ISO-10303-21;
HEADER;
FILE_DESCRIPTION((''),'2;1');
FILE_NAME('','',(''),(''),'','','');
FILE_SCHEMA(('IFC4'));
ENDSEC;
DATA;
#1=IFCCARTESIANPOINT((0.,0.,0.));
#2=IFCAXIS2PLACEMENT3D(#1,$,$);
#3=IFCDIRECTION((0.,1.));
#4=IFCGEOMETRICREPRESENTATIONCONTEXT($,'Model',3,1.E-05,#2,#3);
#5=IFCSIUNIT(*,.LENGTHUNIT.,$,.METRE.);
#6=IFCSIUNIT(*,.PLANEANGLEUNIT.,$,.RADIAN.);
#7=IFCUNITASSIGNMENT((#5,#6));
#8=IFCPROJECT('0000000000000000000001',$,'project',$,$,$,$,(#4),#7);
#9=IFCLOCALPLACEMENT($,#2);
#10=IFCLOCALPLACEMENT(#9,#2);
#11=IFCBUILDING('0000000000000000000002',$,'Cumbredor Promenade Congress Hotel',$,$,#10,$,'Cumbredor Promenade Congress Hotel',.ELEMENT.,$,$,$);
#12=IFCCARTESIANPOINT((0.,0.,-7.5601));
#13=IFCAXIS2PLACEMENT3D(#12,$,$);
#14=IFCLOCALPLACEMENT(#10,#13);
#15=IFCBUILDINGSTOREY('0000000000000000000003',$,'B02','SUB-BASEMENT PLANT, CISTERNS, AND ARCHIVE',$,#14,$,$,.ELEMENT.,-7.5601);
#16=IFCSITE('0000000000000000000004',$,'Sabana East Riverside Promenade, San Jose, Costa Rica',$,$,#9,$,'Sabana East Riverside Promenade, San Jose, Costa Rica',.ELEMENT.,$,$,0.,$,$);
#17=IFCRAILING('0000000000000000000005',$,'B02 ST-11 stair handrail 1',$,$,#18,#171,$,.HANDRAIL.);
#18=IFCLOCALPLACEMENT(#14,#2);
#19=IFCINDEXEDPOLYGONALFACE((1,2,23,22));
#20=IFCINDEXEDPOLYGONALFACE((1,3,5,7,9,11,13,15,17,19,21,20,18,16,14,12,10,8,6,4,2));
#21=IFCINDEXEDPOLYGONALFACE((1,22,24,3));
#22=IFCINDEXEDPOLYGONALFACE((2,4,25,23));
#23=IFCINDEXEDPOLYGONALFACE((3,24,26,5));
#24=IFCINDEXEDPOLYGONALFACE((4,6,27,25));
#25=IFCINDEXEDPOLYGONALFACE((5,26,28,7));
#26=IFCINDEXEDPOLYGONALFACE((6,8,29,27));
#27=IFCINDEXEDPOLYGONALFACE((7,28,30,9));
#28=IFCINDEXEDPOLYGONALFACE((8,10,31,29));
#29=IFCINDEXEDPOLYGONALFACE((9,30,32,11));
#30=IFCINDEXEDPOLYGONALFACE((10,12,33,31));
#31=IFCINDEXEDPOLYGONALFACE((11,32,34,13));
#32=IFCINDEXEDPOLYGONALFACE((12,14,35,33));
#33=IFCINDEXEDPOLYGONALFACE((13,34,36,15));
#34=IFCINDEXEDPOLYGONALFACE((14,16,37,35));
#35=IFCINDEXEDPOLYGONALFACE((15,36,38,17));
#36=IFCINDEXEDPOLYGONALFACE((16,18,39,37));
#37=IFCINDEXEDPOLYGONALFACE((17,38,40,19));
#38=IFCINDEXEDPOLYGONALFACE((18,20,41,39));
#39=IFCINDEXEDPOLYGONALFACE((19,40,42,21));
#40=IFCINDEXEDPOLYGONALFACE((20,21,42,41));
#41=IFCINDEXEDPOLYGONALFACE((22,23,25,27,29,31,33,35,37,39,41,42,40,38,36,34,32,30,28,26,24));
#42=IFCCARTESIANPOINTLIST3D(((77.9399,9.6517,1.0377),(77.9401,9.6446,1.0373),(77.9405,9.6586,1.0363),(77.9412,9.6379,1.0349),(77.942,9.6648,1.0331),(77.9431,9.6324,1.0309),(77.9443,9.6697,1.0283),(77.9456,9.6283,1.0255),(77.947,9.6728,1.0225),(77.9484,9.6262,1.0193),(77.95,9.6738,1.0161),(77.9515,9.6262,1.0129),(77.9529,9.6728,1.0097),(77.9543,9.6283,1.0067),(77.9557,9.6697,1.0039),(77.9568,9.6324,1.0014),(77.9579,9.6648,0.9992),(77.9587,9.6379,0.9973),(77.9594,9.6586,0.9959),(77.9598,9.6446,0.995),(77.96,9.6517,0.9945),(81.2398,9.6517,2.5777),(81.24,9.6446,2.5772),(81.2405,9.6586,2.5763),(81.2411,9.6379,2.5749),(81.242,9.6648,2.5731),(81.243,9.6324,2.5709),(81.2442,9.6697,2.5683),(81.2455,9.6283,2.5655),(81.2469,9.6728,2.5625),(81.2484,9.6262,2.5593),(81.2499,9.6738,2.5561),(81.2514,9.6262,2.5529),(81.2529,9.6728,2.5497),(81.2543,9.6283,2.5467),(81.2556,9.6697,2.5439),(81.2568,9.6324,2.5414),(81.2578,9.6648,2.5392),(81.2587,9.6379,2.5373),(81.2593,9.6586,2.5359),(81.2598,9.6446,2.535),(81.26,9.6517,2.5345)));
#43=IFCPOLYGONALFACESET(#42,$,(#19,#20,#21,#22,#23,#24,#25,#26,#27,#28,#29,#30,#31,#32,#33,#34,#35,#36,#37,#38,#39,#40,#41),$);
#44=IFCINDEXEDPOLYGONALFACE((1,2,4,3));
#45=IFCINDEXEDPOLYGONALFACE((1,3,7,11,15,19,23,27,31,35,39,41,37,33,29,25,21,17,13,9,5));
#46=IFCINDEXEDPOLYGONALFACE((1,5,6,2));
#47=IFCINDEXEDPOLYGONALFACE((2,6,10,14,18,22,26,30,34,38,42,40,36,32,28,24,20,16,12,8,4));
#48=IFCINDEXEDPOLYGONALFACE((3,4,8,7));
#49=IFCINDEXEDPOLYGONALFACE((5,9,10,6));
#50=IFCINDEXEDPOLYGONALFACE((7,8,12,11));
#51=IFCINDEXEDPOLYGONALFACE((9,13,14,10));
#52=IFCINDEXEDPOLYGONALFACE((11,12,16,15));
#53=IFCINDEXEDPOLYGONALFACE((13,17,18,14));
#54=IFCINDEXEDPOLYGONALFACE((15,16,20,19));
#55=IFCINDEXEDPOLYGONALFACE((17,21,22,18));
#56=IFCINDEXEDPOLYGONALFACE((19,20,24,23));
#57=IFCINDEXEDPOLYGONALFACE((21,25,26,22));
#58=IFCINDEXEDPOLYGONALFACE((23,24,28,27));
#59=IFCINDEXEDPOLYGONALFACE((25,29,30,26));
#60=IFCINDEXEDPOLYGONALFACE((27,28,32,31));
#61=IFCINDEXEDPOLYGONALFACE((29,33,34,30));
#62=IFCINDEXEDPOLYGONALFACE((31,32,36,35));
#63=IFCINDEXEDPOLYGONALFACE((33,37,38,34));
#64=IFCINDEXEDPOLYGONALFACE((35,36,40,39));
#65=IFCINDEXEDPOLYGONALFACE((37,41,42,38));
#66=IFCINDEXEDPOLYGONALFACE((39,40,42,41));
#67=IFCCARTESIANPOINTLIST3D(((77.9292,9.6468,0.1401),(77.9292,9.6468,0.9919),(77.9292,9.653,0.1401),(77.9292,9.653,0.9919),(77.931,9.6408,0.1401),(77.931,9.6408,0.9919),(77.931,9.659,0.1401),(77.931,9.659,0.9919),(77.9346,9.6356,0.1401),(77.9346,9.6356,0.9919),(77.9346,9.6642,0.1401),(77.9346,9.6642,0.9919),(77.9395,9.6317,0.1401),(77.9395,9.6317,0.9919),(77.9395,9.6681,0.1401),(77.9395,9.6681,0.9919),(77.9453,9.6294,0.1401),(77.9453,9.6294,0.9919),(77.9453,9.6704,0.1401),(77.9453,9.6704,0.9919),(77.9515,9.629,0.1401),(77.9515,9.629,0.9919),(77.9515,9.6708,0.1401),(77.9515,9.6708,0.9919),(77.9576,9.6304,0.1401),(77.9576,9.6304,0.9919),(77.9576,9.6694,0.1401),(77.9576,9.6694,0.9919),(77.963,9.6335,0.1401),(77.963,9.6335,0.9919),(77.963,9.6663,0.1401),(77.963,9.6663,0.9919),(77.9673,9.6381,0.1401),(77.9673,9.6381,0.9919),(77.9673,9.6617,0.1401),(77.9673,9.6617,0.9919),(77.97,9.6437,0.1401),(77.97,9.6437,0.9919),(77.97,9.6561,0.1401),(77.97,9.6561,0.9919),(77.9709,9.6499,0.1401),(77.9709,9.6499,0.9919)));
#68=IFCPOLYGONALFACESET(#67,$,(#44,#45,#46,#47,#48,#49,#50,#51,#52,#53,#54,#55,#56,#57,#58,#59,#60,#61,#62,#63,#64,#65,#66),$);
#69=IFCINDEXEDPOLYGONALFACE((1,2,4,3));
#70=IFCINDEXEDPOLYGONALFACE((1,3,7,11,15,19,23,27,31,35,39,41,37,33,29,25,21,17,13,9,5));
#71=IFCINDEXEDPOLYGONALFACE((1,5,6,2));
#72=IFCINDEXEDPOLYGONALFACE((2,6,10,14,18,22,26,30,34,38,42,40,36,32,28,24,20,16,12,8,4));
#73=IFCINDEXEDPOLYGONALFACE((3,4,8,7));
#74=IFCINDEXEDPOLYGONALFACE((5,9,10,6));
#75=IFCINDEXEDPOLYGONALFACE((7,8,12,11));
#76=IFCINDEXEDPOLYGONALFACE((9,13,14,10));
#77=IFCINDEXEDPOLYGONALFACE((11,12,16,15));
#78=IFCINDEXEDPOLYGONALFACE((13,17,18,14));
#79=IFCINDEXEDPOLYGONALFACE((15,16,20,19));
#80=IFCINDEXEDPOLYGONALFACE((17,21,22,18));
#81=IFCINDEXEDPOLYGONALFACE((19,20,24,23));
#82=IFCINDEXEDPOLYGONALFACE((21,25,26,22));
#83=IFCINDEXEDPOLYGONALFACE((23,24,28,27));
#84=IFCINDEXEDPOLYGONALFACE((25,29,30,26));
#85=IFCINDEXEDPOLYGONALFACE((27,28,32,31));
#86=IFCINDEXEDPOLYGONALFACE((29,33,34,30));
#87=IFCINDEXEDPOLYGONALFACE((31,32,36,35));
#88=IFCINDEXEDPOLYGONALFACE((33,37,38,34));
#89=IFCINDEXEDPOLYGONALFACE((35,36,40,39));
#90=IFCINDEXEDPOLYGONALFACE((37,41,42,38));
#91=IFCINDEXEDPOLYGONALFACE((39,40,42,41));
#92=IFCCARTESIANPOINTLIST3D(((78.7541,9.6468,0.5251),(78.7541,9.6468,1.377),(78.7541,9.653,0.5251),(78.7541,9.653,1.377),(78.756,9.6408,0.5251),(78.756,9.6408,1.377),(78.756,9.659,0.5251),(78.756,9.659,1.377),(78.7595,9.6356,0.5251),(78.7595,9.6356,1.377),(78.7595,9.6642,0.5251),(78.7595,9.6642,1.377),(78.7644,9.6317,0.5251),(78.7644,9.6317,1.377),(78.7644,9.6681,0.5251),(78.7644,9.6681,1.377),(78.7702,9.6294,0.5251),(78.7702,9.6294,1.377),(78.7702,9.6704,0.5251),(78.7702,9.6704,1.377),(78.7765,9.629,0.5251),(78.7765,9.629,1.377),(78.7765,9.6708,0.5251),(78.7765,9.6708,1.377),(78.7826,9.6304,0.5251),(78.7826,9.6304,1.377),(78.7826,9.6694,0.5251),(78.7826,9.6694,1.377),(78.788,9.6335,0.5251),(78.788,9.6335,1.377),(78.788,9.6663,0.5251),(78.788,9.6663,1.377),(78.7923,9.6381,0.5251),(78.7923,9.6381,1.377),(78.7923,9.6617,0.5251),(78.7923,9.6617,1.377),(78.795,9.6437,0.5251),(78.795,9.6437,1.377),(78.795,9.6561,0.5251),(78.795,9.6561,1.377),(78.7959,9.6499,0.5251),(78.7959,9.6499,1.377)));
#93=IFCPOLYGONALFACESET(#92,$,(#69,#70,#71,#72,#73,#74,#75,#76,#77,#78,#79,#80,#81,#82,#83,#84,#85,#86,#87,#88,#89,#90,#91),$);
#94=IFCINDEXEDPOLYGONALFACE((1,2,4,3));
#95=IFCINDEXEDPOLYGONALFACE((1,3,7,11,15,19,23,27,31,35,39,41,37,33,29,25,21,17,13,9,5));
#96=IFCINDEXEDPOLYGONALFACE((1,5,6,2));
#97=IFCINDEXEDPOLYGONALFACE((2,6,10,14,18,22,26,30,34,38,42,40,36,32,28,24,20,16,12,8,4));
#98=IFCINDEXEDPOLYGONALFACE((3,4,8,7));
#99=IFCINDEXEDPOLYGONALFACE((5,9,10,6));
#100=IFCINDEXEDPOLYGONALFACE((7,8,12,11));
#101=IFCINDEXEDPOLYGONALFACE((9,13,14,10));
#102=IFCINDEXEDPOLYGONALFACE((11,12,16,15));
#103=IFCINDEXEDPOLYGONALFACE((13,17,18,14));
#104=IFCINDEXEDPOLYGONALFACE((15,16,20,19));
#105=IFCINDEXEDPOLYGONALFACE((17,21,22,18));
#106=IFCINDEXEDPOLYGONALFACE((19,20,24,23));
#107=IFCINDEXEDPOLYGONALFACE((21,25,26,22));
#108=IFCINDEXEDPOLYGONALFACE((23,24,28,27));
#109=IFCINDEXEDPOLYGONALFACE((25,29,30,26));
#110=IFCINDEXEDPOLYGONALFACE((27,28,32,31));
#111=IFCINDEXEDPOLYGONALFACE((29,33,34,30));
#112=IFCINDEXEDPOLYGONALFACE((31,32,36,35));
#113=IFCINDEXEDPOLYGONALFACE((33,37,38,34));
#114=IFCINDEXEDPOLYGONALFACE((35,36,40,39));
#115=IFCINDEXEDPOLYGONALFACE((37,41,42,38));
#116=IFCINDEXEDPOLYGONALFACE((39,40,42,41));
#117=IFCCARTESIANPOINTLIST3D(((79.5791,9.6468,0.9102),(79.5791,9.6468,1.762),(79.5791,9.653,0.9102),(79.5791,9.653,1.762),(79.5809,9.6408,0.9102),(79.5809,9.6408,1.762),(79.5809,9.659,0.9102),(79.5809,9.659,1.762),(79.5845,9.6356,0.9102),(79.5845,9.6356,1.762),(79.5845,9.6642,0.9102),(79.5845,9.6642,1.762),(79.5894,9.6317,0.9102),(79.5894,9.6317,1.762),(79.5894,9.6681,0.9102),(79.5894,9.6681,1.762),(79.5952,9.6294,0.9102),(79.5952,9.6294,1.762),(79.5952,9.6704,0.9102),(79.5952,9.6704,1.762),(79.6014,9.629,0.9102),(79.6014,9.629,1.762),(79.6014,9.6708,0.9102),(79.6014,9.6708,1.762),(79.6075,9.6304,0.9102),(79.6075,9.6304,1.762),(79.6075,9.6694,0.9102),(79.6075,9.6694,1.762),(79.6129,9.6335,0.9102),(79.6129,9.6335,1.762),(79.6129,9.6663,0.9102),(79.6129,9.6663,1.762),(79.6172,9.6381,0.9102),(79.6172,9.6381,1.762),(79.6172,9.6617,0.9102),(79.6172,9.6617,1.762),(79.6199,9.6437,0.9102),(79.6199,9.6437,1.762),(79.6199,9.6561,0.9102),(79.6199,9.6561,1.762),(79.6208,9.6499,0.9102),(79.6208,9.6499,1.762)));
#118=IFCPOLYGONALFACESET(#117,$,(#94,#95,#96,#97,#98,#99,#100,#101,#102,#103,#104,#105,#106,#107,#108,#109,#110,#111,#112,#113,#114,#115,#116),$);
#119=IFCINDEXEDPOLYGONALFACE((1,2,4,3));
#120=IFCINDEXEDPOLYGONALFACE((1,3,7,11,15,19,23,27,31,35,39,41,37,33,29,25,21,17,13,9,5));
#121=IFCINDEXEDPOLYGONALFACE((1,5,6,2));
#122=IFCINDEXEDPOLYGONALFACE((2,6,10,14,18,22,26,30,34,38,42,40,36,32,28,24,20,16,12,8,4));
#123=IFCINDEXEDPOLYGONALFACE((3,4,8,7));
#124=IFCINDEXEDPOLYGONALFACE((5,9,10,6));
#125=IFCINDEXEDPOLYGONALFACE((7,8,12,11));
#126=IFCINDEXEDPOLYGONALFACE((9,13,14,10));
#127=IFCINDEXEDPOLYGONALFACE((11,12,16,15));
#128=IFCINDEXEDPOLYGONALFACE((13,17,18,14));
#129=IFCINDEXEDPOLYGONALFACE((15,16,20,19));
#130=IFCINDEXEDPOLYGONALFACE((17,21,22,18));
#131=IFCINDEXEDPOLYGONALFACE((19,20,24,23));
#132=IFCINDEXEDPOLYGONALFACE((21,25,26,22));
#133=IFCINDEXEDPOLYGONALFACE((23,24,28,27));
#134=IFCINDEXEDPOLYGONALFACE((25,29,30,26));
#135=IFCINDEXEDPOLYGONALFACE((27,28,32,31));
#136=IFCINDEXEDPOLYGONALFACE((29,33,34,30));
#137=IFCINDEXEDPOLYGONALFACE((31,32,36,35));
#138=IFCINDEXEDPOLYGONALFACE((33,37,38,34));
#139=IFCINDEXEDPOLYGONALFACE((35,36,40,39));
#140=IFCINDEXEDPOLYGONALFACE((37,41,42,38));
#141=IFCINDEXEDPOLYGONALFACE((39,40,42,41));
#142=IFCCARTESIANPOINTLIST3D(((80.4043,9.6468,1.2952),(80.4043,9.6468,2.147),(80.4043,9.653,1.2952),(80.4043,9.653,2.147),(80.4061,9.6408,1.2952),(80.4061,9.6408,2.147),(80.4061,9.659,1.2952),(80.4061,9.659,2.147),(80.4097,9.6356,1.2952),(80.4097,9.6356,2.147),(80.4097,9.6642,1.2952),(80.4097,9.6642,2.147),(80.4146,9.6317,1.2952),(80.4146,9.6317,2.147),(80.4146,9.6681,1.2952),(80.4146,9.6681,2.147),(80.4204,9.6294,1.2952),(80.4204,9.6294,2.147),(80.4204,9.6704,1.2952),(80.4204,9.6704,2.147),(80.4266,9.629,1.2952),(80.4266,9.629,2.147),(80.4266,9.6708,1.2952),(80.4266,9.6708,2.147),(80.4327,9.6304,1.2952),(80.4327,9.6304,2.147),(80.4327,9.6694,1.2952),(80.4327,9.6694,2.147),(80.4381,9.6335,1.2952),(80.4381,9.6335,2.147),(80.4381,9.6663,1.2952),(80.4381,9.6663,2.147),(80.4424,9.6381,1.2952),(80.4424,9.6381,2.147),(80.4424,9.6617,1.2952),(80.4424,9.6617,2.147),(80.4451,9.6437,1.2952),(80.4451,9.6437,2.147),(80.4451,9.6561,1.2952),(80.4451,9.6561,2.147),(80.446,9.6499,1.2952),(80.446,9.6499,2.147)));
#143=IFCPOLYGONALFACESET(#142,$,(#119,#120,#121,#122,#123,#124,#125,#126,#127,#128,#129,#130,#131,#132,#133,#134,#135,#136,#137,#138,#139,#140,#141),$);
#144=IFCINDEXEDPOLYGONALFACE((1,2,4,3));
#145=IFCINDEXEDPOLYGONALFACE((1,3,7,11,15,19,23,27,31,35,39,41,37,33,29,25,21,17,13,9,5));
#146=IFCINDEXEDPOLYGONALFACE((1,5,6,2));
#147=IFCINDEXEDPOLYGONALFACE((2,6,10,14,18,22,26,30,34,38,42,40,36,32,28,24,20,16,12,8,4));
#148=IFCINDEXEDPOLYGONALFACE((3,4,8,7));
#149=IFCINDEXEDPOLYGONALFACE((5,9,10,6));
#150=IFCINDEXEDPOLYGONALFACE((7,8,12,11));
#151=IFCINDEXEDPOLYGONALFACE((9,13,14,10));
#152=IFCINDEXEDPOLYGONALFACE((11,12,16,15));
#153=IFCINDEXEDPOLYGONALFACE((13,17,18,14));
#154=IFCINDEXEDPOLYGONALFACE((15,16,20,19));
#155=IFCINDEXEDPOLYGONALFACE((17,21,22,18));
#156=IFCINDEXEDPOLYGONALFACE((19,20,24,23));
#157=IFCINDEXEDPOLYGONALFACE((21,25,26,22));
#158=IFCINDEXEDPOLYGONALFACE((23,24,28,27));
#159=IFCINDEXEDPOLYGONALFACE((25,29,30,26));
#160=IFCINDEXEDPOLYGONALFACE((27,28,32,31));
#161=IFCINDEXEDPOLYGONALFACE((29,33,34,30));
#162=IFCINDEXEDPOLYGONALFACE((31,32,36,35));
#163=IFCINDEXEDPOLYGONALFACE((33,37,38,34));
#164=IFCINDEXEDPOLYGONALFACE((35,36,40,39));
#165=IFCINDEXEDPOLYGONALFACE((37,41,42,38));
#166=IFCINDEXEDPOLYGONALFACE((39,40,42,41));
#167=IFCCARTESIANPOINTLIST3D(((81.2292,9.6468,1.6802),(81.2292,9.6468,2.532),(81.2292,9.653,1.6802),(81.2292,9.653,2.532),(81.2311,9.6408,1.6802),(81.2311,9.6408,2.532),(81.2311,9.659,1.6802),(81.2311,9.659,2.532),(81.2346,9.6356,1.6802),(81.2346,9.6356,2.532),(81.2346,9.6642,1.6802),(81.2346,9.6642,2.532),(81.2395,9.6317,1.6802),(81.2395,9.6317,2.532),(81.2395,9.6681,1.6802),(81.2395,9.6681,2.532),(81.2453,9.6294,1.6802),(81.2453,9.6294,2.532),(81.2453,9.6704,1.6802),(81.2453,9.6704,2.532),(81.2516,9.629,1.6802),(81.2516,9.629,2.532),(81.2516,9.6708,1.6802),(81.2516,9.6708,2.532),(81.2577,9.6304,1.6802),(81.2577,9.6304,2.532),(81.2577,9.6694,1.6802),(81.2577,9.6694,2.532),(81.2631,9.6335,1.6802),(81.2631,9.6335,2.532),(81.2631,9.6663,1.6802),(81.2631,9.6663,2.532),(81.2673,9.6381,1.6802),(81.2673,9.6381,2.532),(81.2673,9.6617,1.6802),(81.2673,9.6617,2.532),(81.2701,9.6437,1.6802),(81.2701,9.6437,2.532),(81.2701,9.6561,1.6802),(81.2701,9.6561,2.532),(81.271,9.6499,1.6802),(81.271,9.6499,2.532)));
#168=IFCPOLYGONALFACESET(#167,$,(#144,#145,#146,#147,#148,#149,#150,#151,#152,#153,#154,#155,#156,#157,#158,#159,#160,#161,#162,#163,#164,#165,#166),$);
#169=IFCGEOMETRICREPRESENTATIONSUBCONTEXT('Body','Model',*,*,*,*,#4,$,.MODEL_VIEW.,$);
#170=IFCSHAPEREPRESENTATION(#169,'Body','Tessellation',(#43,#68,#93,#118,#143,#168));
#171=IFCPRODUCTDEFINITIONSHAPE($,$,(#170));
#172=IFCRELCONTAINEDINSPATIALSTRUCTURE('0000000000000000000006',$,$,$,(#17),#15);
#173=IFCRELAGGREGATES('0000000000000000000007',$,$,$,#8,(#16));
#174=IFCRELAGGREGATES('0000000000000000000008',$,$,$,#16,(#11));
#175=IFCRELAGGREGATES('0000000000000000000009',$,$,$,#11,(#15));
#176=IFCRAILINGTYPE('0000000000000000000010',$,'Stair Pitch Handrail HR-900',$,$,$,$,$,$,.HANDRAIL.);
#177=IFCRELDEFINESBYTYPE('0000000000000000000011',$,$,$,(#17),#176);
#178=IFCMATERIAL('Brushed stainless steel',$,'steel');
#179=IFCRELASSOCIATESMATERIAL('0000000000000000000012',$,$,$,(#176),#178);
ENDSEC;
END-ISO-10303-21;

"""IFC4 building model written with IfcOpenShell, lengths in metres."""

from ifc_helpers import new_model, si_unit, direction, frame, origin, origin_2d, place, context, subcontext, project, spatial, circle, extrude, material, type_object, element, save


model = new_model("IFC4")

# Units and contexts
model_context = context("Model", 3, precision=1e-05, world=origin(), true_north=direction((0.0, 1.0)))
body_context = subcontext(model_context, "Body", "Model", "MODEL_VIEW")
ifc_project = project(units=[si_unit("LENGTHUNIT", "METRE"), si_unit("PLANEANGLEUNIT", "RADIAN")], contexts=[model_context])

# Site, building, storey
site_placement = place(None, origin())
site = spatial("IfcSite", under=ifc_project, at=site_placement, Name="Sabana East Riverside Promenade, San Jose, Costa Rica", LongName="Sabana East Riverside Promenade, San Jose, Costa Rica", CompositionType="ELEMENT", RefElevation=0.0)
building_placement = place(site_placement, origin())
building = spatial("IfcBuilding", under=site, at=building_placement, Name="Cumbredor Promenade Congress Hotel", LongName="Cumbredor Promenade Congress Hotel", CompositionType="ELEMENT")
storey_placement = place(building_placement, frame((0.0, 0.0, -7.5601)))
storey = spatial("IfcBuildingStorey", under=building, at=storey_placement, Name="B02", Description="SUB-BASEMENT PLANT, CISTERNS, AND ARCHIVE", CompositionType="ELEMENT", Elevation=-7.5601)

# Railing
ifc_material_1 = material(Name="Brushed stainless steel", Category="steel")
railing_type_1 = type_object("IfcRailingType", Name="Stair Pitch Handrail HR-900", PredefinedType="HANDRAIL", material=ifc_material_1)
railing_1_placement = place(storey_placement, frame((77.95, 9.6499, 0.1401)))
element("IfcRailing", 1, at=railing_1_placement, inside=storey, type_object=railing_type_1, Name="B02 ST-11 stair handrail 1", PredefinedType="HANDRAIL", context=body_context, shape_type="SweptSolid", body=[
    extrude(circle(Radius=0.0239, at=origin_2d()), frame((0.0, 0.0, 0.876), z_axis=(0.906181, 0.0, 0.422889), x_axis=(0.0, 1.0, 0.0)), (0.0, 0.0, 1.0), 3.6416),
    extrude(circle(Radius=0.021, at=origin_2d()), origin(), (0.0, 0.0, 1.0), 0.8518),
    extrude(circle(Radius=0.021, at=origin_2d()), frame((0.825, 0.0, 0.385)), (0.0, 0.0, 1.0), 0.8518),
    extrude(circle(Radius=0.021, at=origin_2d()), frame((1.6499, 0.0, 0.77)), (0.0, 0.0, 1.0), 0.8518),
    extrude(circle(Radius=0.021, at=origin_2d()), frame((2.4751, 0.0, 1.155)), (0.0, 0.0, 1.0), 0.8518),
    extrude(circle(Radius=0.021, at=origin_2d()), frame((3.3, 0.0, 1.54)), (0.0, 0.0, 1.0), 0.8518),
])

save(model, "model.ifc")
